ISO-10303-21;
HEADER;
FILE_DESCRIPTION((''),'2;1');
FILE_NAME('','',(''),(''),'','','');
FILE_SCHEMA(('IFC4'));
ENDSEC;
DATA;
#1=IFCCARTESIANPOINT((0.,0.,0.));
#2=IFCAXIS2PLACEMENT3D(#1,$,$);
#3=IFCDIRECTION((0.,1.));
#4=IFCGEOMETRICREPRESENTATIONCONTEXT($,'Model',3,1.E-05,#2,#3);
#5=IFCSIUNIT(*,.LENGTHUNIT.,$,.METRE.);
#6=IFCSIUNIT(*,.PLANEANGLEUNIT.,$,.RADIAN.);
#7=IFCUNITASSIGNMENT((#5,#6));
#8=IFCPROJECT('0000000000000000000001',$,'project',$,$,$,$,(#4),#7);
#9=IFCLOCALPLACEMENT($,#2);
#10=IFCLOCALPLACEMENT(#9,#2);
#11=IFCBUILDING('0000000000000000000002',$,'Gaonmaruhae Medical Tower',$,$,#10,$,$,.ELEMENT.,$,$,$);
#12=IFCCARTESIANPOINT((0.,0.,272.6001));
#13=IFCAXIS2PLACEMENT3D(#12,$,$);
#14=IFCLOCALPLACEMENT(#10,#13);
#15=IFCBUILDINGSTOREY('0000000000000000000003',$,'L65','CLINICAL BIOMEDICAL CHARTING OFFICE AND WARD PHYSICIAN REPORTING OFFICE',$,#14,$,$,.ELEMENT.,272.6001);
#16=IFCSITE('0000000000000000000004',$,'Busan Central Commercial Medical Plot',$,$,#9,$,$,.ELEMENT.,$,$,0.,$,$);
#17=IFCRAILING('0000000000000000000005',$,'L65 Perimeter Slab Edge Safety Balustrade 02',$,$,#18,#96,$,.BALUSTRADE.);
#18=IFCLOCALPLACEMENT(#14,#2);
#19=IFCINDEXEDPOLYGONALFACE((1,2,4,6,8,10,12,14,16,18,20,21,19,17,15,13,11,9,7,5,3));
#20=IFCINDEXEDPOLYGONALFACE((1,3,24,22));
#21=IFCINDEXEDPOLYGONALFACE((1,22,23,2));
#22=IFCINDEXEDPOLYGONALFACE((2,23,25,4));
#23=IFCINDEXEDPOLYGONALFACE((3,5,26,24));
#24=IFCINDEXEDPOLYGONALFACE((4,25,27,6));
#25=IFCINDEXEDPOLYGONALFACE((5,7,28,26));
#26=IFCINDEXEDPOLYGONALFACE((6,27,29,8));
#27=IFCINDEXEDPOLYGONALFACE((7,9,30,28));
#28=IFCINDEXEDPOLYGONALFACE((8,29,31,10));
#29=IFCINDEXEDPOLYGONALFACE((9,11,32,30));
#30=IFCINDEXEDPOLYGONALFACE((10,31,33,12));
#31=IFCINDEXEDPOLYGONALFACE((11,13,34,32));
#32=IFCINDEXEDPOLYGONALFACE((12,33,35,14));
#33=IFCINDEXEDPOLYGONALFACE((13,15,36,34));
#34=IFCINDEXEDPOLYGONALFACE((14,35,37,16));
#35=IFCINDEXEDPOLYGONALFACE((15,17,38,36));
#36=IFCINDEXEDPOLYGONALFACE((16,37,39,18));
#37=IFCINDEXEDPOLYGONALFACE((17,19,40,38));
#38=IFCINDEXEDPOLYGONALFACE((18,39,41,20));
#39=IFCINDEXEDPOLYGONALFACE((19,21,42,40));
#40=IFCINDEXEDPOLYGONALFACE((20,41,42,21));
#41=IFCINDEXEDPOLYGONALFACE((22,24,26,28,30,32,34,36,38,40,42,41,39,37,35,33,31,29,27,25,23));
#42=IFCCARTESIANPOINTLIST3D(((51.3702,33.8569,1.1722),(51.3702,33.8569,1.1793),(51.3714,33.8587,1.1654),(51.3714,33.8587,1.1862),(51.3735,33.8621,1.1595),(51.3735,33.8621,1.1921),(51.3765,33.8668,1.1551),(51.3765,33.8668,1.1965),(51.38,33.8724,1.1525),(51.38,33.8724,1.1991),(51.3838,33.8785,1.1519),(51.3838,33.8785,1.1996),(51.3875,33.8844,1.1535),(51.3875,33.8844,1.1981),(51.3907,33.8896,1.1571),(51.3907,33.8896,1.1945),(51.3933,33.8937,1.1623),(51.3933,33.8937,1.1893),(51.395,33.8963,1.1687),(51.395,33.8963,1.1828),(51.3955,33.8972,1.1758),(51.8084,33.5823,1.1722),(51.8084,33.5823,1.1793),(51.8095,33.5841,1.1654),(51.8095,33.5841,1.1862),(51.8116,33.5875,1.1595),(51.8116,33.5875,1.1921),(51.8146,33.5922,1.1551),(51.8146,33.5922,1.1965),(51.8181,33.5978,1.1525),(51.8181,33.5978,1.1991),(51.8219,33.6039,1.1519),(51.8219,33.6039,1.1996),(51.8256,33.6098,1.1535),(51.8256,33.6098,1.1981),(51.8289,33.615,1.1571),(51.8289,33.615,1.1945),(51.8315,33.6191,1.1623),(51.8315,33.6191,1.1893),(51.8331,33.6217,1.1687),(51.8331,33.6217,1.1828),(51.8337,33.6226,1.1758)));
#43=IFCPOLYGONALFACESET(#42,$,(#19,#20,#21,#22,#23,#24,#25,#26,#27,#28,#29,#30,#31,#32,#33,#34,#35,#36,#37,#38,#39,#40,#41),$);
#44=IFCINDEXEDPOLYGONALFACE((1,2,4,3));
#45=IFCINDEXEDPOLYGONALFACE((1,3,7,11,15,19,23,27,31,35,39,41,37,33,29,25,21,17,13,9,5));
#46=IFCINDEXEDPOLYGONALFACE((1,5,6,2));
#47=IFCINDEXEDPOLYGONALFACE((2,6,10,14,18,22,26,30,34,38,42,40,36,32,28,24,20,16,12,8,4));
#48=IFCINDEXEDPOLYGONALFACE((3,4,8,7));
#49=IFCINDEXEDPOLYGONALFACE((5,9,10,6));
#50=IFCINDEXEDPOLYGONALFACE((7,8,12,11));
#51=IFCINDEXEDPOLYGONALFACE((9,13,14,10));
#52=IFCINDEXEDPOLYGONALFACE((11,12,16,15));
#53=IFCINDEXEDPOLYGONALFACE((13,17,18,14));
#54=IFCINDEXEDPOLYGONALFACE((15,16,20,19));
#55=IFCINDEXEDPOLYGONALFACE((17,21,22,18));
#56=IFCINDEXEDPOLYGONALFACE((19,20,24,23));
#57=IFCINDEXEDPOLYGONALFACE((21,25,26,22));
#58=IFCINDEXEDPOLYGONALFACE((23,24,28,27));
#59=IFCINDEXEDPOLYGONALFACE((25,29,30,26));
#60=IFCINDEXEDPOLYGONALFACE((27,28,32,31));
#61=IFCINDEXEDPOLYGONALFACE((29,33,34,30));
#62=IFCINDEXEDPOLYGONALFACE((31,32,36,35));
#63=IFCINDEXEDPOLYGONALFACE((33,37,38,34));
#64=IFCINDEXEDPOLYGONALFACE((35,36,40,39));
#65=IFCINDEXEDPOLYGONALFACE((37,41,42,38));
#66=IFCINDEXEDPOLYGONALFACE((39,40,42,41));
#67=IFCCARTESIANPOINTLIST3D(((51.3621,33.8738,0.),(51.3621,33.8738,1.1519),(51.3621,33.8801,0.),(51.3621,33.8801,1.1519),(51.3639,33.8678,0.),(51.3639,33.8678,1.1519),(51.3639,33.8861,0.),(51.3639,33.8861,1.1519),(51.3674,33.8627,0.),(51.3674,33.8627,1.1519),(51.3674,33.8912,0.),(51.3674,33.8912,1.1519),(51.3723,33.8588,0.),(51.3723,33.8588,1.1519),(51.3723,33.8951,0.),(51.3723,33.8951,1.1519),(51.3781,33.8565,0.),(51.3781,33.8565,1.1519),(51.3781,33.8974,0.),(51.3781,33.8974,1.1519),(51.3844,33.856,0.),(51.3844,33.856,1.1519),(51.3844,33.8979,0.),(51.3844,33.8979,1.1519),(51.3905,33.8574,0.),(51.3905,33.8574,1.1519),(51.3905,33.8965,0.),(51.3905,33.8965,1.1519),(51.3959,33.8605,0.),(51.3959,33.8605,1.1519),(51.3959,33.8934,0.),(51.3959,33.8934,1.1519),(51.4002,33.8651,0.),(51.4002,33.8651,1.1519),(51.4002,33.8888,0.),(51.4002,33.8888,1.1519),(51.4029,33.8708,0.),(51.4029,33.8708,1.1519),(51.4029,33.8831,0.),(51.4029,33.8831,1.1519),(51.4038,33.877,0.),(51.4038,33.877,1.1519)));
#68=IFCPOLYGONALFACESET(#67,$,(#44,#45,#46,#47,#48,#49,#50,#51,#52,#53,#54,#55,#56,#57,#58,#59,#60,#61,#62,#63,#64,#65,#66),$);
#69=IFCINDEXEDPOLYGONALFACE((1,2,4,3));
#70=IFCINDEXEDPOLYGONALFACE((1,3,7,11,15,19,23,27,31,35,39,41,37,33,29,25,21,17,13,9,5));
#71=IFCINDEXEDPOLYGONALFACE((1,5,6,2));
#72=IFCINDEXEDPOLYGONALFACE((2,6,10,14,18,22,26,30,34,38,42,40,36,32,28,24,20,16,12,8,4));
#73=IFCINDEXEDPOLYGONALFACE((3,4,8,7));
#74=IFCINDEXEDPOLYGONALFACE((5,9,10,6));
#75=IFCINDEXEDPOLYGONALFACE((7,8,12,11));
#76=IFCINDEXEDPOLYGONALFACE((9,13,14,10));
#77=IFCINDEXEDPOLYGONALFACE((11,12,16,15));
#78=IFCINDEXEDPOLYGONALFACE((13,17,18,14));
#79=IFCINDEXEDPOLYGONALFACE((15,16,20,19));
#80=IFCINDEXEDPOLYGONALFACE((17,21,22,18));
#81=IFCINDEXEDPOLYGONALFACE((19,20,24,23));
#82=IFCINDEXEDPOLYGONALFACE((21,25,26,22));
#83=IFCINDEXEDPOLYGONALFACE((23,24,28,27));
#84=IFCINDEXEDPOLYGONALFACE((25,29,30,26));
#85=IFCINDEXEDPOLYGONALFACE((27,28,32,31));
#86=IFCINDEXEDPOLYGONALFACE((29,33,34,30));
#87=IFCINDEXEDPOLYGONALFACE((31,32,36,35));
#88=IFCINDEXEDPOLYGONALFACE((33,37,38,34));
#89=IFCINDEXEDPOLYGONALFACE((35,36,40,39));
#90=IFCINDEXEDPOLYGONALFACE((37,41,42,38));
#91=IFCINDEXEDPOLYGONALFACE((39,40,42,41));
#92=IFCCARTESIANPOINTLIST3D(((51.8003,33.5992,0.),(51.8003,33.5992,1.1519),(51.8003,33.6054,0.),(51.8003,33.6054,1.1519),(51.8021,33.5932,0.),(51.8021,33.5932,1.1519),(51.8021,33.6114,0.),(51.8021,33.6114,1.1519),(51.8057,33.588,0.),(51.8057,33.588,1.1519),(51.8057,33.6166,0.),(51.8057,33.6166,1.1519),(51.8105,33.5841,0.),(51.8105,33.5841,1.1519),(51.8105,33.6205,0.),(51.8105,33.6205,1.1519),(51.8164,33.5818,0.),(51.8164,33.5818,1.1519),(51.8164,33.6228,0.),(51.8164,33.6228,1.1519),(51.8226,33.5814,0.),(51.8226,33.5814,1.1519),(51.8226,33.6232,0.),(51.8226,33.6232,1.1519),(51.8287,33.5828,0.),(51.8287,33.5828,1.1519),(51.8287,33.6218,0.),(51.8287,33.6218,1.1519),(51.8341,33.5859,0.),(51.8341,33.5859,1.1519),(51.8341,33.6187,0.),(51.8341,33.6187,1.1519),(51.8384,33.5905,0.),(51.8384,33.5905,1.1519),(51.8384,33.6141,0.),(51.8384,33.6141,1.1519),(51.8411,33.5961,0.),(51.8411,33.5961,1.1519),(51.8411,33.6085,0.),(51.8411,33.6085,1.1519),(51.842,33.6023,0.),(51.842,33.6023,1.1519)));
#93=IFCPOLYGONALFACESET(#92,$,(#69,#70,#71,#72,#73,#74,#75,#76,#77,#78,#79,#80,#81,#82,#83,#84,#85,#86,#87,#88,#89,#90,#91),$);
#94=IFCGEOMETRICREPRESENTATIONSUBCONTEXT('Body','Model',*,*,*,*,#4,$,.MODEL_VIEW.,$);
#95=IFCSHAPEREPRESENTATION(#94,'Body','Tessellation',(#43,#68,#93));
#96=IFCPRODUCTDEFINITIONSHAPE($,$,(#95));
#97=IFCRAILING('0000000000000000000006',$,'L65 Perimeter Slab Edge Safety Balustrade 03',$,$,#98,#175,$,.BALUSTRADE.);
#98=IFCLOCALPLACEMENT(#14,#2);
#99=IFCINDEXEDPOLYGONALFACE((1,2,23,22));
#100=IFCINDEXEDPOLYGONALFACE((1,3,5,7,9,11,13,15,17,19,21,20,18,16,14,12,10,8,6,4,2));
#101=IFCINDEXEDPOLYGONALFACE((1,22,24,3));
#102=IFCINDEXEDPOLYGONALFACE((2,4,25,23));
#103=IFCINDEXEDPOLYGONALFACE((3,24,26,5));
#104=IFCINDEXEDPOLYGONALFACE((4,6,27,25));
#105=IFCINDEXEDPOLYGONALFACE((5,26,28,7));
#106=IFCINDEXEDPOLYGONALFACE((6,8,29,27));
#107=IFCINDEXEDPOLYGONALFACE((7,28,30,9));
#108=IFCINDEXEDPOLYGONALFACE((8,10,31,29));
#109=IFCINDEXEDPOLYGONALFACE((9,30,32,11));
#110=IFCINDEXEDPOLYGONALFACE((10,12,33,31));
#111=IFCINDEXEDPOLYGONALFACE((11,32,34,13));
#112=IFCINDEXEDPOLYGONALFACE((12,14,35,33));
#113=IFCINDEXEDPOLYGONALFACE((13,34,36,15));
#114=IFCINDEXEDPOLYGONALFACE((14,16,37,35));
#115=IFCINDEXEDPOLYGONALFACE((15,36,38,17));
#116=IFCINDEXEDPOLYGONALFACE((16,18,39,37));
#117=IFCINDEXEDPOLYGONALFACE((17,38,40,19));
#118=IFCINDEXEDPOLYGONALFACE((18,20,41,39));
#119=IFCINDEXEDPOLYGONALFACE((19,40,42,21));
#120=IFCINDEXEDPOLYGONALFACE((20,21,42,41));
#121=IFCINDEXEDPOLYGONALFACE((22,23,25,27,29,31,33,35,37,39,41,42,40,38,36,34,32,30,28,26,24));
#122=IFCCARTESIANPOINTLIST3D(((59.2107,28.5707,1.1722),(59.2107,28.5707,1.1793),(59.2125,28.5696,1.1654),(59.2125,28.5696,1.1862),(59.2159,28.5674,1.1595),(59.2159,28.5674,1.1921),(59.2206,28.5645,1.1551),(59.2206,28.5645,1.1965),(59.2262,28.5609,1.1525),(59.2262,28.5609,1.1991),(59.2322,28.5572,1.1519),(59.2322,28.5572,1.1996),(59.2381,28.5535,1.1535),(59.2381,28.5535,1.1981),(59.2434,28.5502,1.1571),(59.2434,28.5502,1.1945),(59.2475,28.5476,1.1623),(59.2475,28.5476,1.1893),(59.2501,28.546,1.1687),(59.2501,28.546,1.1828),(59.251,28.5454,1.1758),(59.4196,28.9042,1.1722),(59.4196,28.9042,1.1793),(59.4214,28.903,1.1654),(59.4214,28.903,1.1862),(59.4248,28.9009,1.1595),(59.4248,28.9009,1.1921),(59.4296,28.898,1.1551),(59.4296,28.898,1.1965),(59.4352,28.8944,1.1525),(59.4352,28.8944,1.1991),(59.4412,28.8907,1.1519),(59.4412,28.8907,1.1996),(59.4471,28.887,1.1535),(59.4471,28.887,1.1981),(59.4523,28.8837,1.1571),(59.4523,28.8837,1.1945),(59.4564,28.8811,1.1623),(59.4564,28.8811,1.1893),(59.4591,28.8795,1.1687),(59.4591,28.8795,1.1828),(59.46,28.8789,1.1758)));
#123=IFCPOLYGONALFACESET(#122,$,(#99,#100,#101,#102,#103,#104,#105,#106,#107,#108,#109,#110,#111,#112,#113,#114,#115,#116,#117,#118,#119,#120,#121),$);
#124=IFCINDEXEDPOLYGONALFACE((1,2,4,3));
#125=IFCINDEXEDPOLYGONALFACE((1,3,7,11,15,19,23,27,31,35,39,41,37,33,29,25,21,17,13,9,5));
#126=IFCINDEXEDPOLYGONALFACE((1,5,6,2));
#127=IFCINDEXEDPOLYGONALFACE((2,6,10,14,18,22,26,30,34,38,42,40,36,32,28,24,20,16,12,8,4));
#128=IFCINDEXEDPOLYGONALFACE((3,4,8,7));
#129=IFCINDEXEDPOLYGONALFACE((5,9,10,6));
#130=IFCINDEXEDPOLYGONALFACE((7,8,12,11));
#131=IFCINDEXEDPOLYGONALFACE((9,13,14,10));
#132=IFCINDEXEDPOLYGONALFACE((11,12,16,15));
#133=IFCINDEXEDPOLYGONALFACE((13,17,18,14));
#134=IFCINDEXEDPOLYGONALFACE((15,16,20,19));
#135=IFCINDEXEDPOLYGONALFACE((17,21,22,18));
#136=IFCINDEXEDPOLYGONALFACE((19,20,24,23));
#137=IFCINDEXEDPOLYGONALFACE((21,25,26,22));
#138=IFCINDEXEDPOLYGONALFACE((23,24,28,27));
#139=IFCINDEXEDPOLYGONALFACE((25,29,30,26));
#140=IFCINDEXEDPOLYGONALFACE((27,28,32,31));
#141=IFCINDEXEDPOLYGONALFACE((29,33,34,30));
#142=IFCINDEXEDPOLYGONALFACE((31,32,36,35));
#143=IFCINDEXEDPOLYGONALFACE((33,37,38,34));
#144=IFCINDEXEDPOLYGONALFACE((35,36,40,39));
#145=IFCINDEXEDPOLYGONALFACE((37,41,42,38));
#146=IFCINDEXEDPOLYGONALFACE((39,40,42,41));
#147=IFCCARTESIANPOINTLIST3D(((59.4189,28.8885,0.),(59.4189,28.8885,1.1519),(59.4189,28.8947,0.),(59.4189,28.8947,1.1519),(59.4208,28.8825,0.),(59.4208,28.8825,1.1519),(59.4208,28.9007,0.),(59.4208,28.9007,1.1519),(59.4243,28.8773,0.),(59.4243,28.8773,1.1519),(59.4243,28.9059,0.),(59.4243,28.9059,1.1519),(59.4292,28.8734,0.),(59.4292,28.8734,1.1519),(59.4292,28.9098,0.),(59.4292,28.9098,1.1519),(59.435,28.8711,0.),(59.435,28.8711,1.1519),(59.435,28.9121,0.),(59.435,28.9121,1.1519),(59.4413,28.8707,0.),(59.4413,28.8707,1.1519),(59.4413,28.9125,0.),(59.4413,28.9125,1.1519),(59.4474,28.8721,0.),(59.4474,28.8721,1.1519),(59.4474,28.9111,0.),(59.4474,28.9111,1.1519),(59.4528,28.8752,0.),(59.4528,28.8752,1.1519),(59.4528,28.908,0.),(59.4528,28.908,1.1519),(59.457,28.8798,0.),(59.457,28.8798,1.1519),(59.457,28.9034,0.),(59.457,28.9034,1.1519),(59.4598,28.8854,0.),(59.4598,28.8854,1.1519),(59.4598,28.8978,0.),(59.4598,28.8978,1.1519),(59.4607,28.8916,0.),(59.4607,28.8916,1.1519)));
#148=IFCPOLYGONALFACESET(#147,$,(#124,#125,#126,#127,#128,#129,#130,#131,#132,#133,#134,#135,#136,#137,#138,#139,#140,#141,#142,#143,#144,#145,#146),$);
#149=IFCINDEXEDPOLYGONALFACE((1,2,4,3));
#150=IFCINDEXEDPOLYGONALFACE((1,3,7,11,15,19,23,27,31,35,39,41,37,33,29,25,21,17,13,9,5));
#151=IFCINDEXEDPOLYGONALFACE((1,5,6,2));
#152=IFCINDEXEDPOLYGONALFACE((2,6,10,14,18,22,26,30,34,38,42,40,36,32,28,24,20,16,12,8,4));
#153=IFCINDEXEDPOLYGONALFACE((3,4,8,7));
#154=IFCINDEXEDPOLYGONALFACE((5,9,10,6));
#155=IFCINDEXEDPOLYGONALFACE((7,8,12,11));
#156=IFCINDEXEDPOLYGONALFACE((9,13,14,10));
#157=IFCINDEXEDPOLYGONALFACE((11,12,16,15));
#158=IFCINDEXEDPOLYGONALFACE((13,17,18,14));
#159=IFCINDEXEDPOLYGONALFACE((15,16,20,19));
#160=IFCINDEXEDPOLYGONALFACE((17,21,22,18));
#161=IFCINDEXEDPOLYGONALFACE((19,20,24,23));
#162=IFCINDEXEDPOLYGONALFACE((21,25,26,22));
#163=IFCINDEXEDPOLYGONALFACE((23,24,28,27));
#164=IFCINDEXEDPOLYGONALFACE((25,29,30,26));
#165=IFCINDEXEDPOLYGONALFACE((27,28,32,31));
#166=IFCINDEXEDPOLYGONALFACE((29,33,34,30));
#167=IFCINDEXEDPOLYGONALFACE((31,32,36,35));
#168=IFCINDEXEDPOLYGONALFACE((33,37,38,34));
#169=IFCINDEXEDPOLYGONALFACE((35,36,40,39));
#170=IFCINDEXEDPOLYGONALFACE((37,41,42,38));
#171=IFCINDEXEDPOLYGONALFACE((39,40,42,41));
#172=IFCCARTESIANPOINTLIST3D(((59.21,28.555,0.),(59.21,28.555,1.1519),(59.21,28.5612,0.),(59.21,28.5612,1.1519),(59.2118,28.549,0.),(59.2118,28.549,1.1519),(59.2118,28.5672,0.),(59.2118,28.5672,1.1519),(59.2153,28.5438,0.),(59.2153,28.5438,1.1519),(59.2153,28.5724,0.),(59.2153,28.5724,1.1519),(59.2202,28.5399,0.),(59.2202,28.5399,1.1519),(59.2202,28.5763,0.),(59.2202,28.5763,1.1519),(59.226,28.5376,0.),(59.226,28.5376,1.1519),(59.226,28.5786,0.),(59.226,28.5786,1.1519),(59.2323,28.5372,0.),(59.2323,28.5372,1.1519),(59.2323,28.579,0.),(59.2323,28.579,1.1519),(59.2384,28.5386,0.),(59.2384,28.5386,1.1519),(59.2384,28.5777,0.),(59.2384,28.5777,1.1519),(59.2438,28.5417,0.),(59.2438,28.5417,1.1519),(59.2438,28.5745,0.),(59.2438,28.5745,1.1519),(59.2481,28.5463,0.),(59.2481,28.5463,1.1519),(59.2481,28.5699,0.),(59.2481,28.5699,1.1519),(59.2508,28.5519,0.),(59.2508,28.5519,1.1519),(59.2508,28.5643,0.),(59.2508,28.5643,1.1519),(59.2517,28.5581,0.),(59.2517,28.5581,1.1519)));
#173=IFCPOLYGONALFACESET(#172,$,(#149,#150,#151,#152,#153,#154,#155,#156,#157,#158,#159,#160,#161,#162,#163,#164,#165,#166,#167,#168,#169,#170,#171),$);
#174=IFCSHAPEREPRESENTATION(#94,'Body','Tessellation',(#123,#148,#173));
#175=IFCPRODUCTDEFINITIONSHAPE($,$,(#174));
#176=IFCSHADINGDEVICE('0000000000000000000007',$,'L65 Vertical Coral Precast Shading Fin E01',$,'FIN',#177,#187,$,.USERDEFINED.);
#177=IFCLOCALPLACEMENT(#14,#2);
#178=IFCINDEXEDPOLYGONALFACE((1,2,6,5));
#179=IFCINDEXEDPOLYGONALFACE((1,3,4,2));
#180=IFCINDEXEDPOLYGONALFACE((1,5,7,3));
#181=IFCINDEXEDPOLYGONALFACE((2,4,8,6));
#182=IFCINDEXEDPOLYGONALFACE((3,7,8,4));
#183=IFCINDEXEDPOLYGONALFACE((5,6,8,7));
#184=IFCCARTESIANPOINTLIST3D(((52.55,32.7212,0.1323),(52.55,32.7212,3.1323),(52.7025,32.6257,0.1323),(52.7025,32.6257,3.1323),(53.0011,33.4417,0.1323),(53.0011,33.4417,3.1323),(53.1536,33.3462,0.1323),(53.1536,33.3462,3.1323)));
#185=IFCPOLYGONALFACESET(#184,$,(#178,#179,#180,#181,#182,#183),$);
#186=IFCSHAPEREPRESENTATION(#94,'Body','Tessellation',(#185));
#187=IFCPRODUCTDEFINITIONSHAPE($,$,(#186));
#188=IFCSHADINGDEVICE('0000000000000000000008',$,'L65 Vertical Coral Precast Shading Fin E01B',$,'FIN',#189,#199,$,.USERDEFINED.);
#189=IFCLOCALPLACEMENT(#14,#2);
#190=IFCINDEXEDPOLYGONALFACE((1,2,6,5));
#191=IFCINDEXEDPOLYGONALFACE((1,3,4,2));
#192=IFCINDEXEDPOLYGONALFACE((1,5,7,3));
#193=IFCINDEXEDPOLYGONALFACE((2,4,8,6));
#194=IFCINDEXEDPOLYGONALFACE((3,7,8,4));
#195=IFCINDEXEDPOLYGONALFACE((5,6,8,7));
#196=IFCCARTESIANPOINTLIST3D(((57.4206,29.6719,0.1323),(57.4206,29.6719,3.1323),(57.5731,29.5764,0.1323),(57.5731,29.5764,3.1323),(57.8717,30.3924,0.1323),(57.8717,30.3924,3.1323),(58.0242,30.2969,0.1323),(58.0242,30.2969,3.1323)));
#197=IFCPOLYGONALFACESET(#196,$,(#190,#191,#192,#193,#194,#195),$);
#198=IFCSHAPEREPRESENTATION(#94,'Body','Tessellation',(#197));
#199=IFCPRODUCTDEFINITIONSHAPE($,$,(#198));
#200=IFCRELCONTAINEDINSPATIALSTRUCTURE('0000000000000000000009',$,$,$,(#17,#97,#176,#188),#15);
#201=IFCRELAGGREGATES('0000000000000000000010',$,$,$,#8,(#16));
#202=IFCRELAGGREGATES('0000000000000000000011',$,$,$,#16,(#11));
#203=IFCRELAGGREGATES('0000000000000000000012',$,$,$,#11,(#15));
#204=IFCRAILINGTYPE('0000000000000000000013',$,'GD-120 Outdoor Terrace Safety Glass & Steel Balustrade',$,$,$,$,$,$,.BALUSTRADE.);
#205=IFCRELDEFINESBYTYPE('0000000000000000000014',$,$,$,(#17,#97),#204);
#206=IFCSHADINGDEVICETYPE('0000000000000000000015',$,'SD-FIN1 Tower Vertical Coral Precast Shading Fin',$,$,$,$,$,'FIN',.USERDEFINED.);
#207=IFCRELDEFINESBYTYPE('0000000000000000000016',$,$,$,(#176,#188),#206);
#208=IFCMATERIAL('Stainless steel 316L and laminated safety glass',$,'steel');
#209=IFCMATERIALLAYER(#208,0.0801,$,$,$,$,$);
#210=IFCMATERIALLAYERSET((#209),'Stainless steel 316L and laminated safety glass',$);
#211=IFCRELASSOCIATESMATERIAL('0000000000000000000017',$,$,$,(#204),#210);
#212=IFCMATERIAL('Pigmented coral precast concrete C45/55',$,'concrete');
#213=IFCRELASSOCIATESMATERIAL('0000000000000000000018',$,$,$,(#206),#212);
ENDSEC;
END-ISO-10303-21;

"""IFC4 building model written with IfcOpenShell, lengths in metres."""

from ifc_helpers import new_model, si_unit, direction, frame, origin, origin_2d, place, context, subcontext, project, spatial, rectangle, circle, extrude, material, layer, layer_set, type_object, element, save


model = new_model("IFC4")

# Units and contexts
model_context = context("Model", 3, precision=1e-05, world=origin(), true_north=direction((0.0, 1.0)))
body_context = subcontext(model_context, "Body", "Model", "MODEL_VIEW")
ifc_project = project(units=[si_unit("LENGTHUNIT", "METRE"), si_unit("PLANEANGLEUNIT", "RADIAN")], contexts=[model_context])

# Site, building, storey
site_placement = place(None, origin())
site = spatial("IfcSite", under=ifc_project, at=site_placement, Name="Busan Central Commercial Medical Plot", CompositionType="ELEMENT", RefElevation=0.0)
building_placement = place(site_placement, origin())
building = spatial("IfcBuilding", under=site, at=building_placement, Name="Gaonmaruhae Medical Tower", CompositionType="ELEMENT")
storey_placement = place(building_placement, frame((0.0, 0.0, 272.6001)))
storey = spatial("IfcBuildingStorey", under=building, at=storey_placement, Name="L65", Description="CLINICAL BIOMEDICAL CHARTING OFFICE AND WARD PHYSICIAN REPORTING OFFICE", CompositionType="ELEMENT", Elevation=272.6001)

# Railings
ifc_material_1 = material(Name="Stainless steel 316L and laminated safety glass", Category="steel")
ifc_layer_1 = layer(ifc_material_1, 0.0801)
ifc_layer_set_1 = layer_set([ifc_layer_1], Name="Stainless steel 316L and laminated safety glass")
railing_type = type_object("IfcRailingType", Name="GD-120 Outdoor Terrace Safety Glass & Steel Balustrade", PredefinedType="BALUSTRADE", material=ifc_layer_set_1)
railing_1_placement = place(storey_placement, frame((51.3828, 33.877, 0.0)))
element("IfcRailing", 1, at=railing_1_placement, inside=storey, type_object=railing_type, Name="L65 Perimeter Slab Edge Safety Balustrade 02", PredefinedType="BALUSTRADE", context=body_context, shape_type="SweptSolid", body=[
    extrude(circle(Radius=0.0239, at=origin_2d()), frame((0.0, 0.0, 1.1758), z_axis=(0.847335, -0.531059, 0.0), x_axis=(0.531059, 0.847335, 0.0)), (0.0, 0.0, 1.0), 0.5171),
    extrude(circle(Radius=0.021, at=origin_2d()), origin(), (0.0, 0.0, 1.0), 1.1519),
    extrude(circle(Radius=0.021, at=origin_2d()), frame((0.4382, -0.2747, 0.0)), (0.0, 0.0, 1.0), 1.1519),
])
railing_2_placement = place(storey_placement, frame((59.4397, 28.8916, 0.0)))
element("IfcRailing", 2, at=railing_2_placement, inside=storey, type_object=railing_type, Name="L65 Perimeter Slab Edge Safety Balustrade 03", PredefinedType="BALUSTRADE", context=body_context, shape_type="SweptSolid", body=[
    extrude(circle(Radius=0.0239, at=origin_2d()), frame((0.0, 0.0, 1.1758), z_axis=(-0.531002, -0.84737, 0.0), x_axis=(0.84737, -0.531002, 0.0)), (0.0, 0.0, 1.0), 0.3936),
    extrude(circle(Radius=0.021, at=origin_2d()), origin(), (0.0, 0.0, 1.0), 1.1519),
    extrude(circle(Radius=0.021, at=origin_2d()), frame((-0.209, -0.3335, 0.0)), (0.0, 0.0, 1.0), 1.1519),
])

# Shading devices
ifc_material_2 = material(Name="Pigmented coral precast concrete C45/55", Category="concrete")
shading_device_type = type_object("IfcShadingDeviceType", Name="SD-FIN1 Tower Vertical Coral Precast Shading Fin", ElementType="FIN", PredefinedType="USERDEFINED", material=ifc_material_2)
for number, where, z_axis, x_axis, name in (
    (3, (52.8518, 33.0337, 0.1323), (0.0, 0.0, 1.0), (0.847585, -0.530659, 0.0), "L65 Vertical Coral Precast Shading Fin E01"),
    (4, (57.7224, 29.9844, 0.1323), (0.0, 0.0, 1.0), (0.847585, -0.530659, 0.0), "L65 Vertical Coral Precast Shading Fin E01B"),
):
    element("IfcShadingDevice", number, at=place(storey_placement, frame(where, z_axis=z_axis, x_axis=x_axis)), inside=storey, type_object=shading_device_type, Name=name, ObjectType="FIN", PredefinedType="USERDEFINED", context=body_context, shape_type="SweptSolid", body=[
        extrude(rectangle(XDim=0.1799, YDim=0.8501, at=origin_2d()), origin(), (0.0, 0.0, 1.0), 3.0),
    ])

save(model, "model.ifc")
